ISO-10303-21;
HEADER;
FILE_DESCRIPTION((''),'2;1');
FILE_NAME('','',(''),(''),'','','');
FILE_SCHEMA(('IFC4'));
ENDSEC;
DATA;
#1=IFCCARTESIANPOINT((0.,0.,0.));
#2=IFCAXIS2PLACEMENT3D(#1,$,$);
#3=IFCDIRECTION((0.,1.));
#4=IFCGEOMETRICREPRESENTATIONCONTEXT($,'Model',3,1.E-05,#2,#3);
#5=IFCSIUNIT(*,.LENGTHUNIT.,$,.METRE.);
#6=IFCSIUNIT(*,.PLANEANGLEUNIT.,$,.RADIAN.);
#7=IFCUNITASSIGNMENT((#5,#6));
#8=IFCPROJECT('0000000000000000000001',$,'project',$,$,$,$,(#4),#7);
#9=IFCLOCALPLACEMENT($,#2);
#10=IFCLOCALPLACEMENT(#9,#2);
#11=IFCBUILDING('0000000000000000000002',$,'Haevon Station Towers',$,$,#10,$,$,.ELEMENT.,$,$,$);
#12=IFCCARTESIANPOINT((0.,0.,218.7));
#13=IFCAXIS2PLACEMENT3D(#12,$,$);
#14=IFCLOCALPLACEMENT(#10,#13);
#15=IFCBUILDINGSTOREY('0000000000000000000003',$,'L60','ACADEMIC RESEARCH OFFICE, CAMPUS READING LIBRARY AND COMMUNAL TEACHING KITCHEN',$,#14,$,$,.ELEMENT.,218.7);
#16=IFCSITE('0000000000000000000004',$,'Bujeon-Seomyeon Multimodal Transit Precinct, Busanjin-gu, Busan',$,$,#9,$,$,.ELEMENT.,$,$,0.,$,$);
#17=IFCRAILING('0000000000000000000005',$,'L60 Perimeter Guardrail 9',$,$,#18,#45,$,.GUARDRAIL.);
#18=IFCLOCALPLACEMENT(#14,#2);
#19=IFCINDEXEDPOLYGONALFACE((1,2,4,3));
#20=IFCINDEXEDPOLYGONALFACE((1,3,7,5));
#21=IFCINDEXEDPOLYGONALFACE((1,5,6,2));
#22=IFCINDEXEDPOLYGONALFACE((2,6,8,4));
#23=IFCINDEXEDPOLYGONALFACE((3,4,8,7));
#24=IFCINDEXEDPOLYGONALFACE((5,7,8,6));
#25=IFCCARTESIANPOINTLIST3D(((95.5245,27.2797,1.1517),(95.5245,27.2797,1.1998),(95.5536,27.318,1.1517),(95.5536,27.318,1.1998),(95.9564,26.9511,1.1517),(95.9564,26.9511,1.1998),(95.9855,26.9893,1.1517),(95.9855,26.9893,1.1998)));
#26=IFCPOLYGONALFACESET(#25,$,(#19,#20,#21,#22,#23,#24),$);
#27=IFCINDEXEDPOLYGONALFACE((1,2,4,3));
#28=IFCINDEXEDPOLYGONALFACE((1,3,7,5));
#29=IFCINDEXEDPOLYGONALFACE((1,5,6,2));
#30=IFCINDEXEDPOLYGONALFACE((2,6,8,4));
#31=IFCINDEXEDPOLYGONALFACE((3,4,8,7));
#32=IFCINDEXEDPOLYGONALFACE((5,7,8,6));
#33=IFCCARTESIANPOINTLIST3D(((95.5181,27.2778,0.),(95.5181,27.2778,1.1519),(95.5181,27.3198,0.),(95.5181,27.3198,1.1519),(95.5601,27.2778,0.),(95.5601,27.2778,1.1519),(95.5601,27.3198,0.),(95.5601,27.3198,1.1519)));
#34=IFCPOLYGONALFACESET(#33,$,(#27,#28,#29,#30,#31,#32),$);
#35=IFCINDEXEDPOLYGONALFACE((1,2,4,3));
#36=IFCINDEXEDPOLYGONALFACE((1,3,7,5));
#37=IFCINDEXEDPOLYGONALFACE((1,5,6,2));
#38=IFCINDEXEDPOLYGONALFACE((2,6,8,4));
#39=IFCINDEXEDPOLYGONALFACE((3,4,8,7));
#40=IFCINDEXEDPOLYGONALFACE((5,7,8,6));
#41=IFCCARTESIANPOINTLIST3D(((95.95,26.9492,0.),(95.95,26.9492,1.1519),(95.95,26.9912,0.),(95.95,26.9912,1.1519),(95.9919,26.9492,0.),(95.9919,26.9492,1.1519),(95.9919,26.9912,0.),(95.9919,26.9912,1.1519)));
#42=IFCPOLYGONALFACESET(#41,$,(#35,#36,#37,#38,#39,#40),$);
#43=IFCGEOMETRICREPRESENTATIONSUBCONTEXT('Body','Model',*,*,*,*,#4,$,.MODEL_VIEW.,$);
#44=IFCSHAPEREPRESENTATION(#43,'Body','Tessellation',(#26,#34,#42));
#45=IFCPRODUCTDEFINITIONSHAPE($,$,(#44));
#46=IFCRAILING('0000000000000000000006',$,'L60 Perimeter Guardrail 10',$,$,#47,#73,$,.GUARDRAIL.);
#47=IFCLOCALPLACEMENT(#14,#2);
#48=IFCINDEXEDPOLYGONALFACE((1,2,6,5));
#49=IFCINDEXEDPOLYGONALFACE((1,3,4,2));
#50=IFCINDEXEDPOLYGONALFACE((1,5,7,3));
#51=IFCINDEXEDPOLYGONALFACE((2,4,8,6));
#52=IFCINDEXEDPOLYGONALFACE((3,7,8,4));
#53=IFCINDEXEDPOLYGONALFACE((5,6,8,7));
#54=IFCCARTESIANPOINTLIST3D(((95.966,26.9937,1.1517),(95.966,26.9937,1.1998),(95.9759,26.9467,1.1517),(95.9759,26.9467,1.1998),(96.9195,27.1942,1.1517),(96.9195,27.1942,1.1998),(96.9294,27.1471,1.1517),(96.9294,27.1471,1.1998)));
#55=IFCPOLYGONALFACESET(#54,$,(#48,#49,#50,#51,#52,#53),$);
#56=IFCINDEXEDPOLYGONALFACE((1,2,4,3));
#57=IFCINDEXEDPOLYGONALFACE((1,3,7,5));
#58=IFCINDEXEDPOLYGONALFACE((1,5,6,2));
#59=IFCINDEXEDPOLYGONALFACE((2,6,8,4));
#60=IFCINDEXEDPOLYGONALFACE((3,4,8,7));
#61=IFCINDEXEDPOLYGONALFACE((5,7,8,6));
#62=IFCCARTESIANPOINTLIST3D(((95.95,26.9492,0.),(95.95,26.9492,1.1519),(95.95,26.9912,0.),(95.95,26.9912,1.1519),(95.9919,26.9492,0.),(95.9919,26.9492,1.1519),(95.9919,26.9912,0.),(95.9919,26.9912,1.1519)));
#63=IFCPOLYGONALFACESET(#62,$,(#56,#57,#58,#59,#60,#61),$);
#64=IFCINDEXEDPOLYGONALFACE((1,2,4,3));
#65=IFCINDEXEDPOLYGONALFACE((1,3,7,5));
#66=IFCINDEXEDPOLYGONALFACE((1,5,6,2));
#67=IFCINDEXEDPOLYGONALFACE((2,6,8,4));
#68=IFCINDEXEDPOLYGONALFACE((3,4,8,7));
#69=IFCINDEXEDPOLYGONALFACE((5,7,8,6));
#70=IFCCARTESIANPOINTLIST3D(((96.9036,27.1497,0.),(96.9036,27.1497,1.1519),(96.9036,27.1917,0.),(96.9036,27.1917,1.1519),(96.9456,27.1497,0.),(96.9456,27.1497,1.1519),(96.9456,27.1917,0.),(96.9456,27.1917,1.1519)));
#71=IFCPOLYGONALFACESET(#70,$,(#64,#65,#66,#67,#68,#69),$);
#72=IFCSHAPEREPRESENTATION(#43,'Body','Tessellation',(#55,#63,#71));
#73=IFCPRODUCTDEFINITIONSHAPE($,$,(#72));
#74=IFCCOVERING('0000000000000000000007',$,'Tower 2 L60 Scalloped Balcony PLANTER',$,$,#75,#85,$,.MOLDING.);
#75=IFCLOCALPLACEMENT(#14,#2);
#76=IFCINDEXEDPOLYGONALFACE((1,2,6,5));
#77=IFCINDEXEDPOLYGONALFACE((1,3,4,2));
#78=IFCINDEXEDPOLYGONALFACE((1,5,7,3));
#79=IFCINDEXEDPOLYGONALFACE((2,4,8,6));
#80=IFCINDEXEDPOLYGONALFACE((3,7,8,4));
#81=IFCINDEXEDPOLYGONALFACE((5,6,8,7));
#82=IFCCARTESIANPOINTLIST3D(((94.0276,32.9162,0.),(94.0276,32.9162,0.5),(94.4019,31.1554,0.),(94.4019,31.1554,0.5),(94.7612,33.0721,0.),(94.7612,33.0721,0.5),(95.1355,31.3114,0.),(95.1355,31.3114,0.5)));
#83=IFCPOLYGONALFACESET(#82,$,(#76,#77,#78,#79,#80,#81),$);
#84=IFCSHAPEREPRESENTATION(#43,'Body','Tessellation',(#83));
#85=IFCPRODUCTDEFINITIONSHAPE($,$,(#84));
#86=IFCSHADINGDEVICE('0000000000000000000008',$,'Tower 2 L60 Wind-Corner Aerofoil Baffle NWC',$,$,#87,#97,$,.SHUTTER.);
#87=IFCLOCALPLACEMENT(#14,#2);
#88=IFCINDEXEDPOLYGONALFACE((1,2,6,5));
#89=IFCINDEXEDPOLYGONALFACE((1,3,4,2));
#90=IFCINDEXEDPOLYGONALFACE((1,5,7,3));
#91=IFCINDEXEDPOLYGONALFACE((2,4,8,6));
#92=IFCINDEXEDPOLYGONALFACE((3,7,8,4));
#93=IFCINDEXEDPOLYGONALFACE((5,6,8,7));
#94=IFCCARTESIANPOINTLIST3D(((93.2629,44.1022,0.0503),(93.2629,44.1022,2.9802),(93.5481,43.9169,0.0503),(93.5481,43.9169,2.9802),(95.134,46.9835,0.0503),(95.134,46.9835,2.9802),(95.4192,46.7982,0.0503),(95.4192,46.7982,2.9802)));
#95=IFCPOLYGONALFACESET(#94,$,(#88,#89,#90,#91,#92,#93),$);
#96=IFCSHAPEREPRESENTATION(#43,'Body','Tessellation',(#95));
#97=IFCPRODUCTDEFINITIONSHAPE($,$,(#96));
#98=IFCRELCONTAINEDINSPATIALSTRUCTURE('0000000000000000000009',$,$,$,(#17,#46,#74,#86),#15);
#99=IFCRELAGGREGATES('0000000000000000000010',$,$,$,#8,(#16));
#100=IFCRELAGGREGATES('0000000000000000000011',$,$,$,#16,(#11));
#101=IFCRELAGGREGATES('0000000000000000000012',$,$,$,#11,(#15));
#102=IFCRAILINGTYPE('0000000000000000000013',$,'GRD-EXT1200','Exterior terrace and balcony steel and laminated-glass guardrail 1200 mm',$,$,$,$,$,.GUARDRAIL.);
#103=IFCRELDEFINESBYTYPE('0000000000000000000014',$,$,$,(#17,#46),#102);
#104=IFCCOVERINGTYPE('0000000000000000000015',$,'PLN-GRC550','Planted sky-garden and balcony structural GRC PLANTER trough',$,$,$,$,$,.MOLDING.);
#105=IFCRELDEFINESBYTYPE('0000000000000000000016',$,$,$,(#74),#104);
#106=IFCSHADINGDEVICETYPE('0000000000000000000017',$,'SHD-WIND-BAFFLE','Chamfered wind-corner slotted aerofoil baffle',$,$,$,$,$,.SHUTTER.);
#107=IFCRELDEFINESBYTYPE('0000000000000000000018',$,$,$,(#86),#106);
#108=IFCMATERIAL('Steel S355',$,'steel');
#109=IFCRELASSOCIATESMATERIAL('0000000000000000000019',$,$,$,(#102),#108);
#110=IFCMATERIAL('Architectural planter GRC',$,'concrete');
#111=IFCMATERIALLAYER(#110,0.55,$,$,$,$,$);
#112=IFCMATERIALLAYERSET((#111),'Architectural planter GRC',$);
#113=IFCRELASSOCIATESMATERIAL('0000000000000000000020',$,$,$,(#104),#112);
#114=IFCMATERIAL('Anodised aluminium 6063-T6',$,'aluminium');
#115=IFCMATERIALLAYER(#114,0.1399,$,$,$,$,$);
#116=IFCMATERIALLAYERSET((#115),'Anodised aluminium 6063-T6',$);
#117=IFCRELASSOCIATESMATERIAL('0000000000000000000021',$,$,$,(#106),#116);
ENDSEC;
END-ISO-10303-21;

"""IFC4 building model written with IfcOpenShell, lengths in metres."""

from ifc_helpers import new_model, si_unit, direction, frame, origin, origin_2d, place, context, subcontext, project, spatial, rectangle, extrude, material, layer, layer_set, type_object, element, save


model = new_model("IFC4")

# Units and contexts
model_context = context("Model", 3, precision=1e-05, world=origin(), true_north=direction((0.0, 1.0)))
body_context = subcontext(model_context, "Body", "Model", "MODEL_VIEW")
ifc_project = project(units=[si_unit("LENGTHUNIT", "METRE"), si_unit("PLANEANGLEUNIT", "RADIAN")], contexts=[model_context])

# Site, building, storey
site_placement = place(None, origin())
site = spatial("IfcSite", under=ifc_project, at=site_placement, Name="Bujeon-Seomyeon Multimodal Transit Precinct, Busanjin-gu, Busan", CompositionType="ELEMENT", RefElevation=0.0)
building_placement = place(site_placement, origin())
building = spatial("IfcBuilding", under=site, at=building_placement, Name="Haevon Station Towers", CompositionType="ELEMENT")
storey_placement = place(building_placement, frame((0.0, 0.0, 218.7)))
storey = spatial("IfcBuildingStorey", under=building, at=storey_placement, Name="L60", Description="ACADEMIC RESEARCH OFFICE, CAMPUS READING LIBRARY AND COMMUNAL TEACHING KITCHEN", CompositionType="ELEMENT", Elevation=218.7)

# Shared definitions
ifc_material_1 = material(Name="Steel S355", Category="steel")

# Railings
railing_type = type_object("IfcRailingType", Name="GRD-EXT1200", Description="Exterior terrace and balcony steel and laminated-glass guardrail 1200 mm", PredefinedType="GUARDRAIL", material=ifc_material_1)
railing_1_placement = place(storey_placement, frame((95.5391, 27.2988, 0.0)))
element("IfcRailing", 1, at=railing_1_placement, inside=storey, type_object=railing_type, Name="L60 Perimeter Guardrail 9", PredefinedType="GUARDRAIL", context=body_context, shape_type="SweptSolid", body=[
    extrude(rectangle(XDim=0.0481, YDim=0.0481, at=origin_2d()), frame((0.0, 0.0, 1.1758), z_axis=(0.795824, -0.605528, 0.0), x_axis=(0.605528, 0.795824, 0.0)), (0.0, 0.0, 1.0), 0.5427),
    extrude(rectangle(XDim=0.042, YDim=0.042, at=origin_2d()), origin(), (0.0, 0.0, 1.0), 1.1519),
    extrude(rectangle(XDim=0.042, YDim=0.042, at=origin_2d()), frame((0.4319, -0.3286, 0.0)), (0.0, 0.0, 1.0), 1.1519),
])
railing_2_placement = place(storey_placement, frame((95.9709, 26.9702, 0.0)))
element("IfcRailing", 2, at=railing_2_placement, inside=storey, type_object=railing_type, Name="L60 Perimeter Guardrail 10", PredefinedType="GUARDRAIL", context=body_context, shape_type="SweptSolid", body=[
    extrude(rectangle(XDim=0.0481, YDim=0.0481, at=origin_2d()), frame((0.0, 0.0, 1.1758), z_axis=(0.978616, 0.205695, 0.0), x_axis=(-0.205695, 0.978616, 0.0)), (0.0, 0.0, 1.0), 0.9744),
    extrude(rectangle(XDim=0.042, YDim=0.042, at=origin_2d()), origin(), (0.0, 0.0, 1.0), 1.1519),
    extrude(rectangle(XDim=0.042, YDim=0.042, at=origin_2d()), frame((0.9536, 0.2004, 0.0)), (0.0, 0.0, 1.0), 1.1519),
])

# Covering
ifc_material_2 = material(Name="Architectural planter GRC", Category="concrete")
ifc_layer_1 = layer(ifc_material_2, 0.55)
ifc_layer_set_1 = layer_set([ifc_layer_1], Name="Architectural planter GRC")
covering_type = type_object("IfcCoveringType", Name="PLN-GRC550", Description="Planted sky-garden and balcony structural GRC PLANTER trough", PredefinedType="MOLDING", material=ifc_layer_set_1)
covering_placement = place(storey_placement, frame((94.5815, 32.1138, 0.0), z_axis=(0.0, 0.0, 1.0), x_axis=(0.978148, 0.207912, 0.0)))
element("IfcCovering", 3, at=covering_placement, inside=storey, type_object=covering_type, Name="Tower 2 L60 Scalloped Balcony PLANTER", PredefinedType="MOLDING", context=body_context, shape_type="SweptSolid", body=[
    extrude(rectangle(XDim=0.75, YDim=1.8, at=origin_2d()), origin(), (0.0, 0.0, 1.0), 0.5),
])

# Shading device
ifc_material_3 = material(Name="Anodised aluminium 6063-T6", Category="aluminium")
ifc_layer_2 = layer(ifc_material_3, 0.1399)
ifc_layer_set_2 = layer_set([ifc_layer_2], Name="Anodised aluminium 6063-T6")
shading_device_type = type_object("IfcShadingDeviceType", Name="SHD-WIND-BAFFLE", Description="Chamfered wind-corner slotted aerofoil baffle", PredefinedType="SHUTTER", material=ifc_layer_set_2)
shading_device_placement = place(storey_placement, frame((94.3411, 45.4502, 0.0503), z_axis=(0.0, 0.0, 1.0), x_axis=(0.544639, 0.838671, 0.0)))
element("IfcShadingDevice", 4, at=shading_device_placement, inside=storey, type_object=shading_device_type, Name="Tower 2 L60 Wind-Corner Aerofoil Baffle NWC", PredefinedType="SHUTTER", context=body_context, shape_type="SweptSolid", body=[
    extrude(rectangle(XDim=3.4355, YDim=0.3401, at=origin_2d()), origin(), (0.0, 0.0, 1.0), 2.9299),
])

save(model, "model.ifc")
